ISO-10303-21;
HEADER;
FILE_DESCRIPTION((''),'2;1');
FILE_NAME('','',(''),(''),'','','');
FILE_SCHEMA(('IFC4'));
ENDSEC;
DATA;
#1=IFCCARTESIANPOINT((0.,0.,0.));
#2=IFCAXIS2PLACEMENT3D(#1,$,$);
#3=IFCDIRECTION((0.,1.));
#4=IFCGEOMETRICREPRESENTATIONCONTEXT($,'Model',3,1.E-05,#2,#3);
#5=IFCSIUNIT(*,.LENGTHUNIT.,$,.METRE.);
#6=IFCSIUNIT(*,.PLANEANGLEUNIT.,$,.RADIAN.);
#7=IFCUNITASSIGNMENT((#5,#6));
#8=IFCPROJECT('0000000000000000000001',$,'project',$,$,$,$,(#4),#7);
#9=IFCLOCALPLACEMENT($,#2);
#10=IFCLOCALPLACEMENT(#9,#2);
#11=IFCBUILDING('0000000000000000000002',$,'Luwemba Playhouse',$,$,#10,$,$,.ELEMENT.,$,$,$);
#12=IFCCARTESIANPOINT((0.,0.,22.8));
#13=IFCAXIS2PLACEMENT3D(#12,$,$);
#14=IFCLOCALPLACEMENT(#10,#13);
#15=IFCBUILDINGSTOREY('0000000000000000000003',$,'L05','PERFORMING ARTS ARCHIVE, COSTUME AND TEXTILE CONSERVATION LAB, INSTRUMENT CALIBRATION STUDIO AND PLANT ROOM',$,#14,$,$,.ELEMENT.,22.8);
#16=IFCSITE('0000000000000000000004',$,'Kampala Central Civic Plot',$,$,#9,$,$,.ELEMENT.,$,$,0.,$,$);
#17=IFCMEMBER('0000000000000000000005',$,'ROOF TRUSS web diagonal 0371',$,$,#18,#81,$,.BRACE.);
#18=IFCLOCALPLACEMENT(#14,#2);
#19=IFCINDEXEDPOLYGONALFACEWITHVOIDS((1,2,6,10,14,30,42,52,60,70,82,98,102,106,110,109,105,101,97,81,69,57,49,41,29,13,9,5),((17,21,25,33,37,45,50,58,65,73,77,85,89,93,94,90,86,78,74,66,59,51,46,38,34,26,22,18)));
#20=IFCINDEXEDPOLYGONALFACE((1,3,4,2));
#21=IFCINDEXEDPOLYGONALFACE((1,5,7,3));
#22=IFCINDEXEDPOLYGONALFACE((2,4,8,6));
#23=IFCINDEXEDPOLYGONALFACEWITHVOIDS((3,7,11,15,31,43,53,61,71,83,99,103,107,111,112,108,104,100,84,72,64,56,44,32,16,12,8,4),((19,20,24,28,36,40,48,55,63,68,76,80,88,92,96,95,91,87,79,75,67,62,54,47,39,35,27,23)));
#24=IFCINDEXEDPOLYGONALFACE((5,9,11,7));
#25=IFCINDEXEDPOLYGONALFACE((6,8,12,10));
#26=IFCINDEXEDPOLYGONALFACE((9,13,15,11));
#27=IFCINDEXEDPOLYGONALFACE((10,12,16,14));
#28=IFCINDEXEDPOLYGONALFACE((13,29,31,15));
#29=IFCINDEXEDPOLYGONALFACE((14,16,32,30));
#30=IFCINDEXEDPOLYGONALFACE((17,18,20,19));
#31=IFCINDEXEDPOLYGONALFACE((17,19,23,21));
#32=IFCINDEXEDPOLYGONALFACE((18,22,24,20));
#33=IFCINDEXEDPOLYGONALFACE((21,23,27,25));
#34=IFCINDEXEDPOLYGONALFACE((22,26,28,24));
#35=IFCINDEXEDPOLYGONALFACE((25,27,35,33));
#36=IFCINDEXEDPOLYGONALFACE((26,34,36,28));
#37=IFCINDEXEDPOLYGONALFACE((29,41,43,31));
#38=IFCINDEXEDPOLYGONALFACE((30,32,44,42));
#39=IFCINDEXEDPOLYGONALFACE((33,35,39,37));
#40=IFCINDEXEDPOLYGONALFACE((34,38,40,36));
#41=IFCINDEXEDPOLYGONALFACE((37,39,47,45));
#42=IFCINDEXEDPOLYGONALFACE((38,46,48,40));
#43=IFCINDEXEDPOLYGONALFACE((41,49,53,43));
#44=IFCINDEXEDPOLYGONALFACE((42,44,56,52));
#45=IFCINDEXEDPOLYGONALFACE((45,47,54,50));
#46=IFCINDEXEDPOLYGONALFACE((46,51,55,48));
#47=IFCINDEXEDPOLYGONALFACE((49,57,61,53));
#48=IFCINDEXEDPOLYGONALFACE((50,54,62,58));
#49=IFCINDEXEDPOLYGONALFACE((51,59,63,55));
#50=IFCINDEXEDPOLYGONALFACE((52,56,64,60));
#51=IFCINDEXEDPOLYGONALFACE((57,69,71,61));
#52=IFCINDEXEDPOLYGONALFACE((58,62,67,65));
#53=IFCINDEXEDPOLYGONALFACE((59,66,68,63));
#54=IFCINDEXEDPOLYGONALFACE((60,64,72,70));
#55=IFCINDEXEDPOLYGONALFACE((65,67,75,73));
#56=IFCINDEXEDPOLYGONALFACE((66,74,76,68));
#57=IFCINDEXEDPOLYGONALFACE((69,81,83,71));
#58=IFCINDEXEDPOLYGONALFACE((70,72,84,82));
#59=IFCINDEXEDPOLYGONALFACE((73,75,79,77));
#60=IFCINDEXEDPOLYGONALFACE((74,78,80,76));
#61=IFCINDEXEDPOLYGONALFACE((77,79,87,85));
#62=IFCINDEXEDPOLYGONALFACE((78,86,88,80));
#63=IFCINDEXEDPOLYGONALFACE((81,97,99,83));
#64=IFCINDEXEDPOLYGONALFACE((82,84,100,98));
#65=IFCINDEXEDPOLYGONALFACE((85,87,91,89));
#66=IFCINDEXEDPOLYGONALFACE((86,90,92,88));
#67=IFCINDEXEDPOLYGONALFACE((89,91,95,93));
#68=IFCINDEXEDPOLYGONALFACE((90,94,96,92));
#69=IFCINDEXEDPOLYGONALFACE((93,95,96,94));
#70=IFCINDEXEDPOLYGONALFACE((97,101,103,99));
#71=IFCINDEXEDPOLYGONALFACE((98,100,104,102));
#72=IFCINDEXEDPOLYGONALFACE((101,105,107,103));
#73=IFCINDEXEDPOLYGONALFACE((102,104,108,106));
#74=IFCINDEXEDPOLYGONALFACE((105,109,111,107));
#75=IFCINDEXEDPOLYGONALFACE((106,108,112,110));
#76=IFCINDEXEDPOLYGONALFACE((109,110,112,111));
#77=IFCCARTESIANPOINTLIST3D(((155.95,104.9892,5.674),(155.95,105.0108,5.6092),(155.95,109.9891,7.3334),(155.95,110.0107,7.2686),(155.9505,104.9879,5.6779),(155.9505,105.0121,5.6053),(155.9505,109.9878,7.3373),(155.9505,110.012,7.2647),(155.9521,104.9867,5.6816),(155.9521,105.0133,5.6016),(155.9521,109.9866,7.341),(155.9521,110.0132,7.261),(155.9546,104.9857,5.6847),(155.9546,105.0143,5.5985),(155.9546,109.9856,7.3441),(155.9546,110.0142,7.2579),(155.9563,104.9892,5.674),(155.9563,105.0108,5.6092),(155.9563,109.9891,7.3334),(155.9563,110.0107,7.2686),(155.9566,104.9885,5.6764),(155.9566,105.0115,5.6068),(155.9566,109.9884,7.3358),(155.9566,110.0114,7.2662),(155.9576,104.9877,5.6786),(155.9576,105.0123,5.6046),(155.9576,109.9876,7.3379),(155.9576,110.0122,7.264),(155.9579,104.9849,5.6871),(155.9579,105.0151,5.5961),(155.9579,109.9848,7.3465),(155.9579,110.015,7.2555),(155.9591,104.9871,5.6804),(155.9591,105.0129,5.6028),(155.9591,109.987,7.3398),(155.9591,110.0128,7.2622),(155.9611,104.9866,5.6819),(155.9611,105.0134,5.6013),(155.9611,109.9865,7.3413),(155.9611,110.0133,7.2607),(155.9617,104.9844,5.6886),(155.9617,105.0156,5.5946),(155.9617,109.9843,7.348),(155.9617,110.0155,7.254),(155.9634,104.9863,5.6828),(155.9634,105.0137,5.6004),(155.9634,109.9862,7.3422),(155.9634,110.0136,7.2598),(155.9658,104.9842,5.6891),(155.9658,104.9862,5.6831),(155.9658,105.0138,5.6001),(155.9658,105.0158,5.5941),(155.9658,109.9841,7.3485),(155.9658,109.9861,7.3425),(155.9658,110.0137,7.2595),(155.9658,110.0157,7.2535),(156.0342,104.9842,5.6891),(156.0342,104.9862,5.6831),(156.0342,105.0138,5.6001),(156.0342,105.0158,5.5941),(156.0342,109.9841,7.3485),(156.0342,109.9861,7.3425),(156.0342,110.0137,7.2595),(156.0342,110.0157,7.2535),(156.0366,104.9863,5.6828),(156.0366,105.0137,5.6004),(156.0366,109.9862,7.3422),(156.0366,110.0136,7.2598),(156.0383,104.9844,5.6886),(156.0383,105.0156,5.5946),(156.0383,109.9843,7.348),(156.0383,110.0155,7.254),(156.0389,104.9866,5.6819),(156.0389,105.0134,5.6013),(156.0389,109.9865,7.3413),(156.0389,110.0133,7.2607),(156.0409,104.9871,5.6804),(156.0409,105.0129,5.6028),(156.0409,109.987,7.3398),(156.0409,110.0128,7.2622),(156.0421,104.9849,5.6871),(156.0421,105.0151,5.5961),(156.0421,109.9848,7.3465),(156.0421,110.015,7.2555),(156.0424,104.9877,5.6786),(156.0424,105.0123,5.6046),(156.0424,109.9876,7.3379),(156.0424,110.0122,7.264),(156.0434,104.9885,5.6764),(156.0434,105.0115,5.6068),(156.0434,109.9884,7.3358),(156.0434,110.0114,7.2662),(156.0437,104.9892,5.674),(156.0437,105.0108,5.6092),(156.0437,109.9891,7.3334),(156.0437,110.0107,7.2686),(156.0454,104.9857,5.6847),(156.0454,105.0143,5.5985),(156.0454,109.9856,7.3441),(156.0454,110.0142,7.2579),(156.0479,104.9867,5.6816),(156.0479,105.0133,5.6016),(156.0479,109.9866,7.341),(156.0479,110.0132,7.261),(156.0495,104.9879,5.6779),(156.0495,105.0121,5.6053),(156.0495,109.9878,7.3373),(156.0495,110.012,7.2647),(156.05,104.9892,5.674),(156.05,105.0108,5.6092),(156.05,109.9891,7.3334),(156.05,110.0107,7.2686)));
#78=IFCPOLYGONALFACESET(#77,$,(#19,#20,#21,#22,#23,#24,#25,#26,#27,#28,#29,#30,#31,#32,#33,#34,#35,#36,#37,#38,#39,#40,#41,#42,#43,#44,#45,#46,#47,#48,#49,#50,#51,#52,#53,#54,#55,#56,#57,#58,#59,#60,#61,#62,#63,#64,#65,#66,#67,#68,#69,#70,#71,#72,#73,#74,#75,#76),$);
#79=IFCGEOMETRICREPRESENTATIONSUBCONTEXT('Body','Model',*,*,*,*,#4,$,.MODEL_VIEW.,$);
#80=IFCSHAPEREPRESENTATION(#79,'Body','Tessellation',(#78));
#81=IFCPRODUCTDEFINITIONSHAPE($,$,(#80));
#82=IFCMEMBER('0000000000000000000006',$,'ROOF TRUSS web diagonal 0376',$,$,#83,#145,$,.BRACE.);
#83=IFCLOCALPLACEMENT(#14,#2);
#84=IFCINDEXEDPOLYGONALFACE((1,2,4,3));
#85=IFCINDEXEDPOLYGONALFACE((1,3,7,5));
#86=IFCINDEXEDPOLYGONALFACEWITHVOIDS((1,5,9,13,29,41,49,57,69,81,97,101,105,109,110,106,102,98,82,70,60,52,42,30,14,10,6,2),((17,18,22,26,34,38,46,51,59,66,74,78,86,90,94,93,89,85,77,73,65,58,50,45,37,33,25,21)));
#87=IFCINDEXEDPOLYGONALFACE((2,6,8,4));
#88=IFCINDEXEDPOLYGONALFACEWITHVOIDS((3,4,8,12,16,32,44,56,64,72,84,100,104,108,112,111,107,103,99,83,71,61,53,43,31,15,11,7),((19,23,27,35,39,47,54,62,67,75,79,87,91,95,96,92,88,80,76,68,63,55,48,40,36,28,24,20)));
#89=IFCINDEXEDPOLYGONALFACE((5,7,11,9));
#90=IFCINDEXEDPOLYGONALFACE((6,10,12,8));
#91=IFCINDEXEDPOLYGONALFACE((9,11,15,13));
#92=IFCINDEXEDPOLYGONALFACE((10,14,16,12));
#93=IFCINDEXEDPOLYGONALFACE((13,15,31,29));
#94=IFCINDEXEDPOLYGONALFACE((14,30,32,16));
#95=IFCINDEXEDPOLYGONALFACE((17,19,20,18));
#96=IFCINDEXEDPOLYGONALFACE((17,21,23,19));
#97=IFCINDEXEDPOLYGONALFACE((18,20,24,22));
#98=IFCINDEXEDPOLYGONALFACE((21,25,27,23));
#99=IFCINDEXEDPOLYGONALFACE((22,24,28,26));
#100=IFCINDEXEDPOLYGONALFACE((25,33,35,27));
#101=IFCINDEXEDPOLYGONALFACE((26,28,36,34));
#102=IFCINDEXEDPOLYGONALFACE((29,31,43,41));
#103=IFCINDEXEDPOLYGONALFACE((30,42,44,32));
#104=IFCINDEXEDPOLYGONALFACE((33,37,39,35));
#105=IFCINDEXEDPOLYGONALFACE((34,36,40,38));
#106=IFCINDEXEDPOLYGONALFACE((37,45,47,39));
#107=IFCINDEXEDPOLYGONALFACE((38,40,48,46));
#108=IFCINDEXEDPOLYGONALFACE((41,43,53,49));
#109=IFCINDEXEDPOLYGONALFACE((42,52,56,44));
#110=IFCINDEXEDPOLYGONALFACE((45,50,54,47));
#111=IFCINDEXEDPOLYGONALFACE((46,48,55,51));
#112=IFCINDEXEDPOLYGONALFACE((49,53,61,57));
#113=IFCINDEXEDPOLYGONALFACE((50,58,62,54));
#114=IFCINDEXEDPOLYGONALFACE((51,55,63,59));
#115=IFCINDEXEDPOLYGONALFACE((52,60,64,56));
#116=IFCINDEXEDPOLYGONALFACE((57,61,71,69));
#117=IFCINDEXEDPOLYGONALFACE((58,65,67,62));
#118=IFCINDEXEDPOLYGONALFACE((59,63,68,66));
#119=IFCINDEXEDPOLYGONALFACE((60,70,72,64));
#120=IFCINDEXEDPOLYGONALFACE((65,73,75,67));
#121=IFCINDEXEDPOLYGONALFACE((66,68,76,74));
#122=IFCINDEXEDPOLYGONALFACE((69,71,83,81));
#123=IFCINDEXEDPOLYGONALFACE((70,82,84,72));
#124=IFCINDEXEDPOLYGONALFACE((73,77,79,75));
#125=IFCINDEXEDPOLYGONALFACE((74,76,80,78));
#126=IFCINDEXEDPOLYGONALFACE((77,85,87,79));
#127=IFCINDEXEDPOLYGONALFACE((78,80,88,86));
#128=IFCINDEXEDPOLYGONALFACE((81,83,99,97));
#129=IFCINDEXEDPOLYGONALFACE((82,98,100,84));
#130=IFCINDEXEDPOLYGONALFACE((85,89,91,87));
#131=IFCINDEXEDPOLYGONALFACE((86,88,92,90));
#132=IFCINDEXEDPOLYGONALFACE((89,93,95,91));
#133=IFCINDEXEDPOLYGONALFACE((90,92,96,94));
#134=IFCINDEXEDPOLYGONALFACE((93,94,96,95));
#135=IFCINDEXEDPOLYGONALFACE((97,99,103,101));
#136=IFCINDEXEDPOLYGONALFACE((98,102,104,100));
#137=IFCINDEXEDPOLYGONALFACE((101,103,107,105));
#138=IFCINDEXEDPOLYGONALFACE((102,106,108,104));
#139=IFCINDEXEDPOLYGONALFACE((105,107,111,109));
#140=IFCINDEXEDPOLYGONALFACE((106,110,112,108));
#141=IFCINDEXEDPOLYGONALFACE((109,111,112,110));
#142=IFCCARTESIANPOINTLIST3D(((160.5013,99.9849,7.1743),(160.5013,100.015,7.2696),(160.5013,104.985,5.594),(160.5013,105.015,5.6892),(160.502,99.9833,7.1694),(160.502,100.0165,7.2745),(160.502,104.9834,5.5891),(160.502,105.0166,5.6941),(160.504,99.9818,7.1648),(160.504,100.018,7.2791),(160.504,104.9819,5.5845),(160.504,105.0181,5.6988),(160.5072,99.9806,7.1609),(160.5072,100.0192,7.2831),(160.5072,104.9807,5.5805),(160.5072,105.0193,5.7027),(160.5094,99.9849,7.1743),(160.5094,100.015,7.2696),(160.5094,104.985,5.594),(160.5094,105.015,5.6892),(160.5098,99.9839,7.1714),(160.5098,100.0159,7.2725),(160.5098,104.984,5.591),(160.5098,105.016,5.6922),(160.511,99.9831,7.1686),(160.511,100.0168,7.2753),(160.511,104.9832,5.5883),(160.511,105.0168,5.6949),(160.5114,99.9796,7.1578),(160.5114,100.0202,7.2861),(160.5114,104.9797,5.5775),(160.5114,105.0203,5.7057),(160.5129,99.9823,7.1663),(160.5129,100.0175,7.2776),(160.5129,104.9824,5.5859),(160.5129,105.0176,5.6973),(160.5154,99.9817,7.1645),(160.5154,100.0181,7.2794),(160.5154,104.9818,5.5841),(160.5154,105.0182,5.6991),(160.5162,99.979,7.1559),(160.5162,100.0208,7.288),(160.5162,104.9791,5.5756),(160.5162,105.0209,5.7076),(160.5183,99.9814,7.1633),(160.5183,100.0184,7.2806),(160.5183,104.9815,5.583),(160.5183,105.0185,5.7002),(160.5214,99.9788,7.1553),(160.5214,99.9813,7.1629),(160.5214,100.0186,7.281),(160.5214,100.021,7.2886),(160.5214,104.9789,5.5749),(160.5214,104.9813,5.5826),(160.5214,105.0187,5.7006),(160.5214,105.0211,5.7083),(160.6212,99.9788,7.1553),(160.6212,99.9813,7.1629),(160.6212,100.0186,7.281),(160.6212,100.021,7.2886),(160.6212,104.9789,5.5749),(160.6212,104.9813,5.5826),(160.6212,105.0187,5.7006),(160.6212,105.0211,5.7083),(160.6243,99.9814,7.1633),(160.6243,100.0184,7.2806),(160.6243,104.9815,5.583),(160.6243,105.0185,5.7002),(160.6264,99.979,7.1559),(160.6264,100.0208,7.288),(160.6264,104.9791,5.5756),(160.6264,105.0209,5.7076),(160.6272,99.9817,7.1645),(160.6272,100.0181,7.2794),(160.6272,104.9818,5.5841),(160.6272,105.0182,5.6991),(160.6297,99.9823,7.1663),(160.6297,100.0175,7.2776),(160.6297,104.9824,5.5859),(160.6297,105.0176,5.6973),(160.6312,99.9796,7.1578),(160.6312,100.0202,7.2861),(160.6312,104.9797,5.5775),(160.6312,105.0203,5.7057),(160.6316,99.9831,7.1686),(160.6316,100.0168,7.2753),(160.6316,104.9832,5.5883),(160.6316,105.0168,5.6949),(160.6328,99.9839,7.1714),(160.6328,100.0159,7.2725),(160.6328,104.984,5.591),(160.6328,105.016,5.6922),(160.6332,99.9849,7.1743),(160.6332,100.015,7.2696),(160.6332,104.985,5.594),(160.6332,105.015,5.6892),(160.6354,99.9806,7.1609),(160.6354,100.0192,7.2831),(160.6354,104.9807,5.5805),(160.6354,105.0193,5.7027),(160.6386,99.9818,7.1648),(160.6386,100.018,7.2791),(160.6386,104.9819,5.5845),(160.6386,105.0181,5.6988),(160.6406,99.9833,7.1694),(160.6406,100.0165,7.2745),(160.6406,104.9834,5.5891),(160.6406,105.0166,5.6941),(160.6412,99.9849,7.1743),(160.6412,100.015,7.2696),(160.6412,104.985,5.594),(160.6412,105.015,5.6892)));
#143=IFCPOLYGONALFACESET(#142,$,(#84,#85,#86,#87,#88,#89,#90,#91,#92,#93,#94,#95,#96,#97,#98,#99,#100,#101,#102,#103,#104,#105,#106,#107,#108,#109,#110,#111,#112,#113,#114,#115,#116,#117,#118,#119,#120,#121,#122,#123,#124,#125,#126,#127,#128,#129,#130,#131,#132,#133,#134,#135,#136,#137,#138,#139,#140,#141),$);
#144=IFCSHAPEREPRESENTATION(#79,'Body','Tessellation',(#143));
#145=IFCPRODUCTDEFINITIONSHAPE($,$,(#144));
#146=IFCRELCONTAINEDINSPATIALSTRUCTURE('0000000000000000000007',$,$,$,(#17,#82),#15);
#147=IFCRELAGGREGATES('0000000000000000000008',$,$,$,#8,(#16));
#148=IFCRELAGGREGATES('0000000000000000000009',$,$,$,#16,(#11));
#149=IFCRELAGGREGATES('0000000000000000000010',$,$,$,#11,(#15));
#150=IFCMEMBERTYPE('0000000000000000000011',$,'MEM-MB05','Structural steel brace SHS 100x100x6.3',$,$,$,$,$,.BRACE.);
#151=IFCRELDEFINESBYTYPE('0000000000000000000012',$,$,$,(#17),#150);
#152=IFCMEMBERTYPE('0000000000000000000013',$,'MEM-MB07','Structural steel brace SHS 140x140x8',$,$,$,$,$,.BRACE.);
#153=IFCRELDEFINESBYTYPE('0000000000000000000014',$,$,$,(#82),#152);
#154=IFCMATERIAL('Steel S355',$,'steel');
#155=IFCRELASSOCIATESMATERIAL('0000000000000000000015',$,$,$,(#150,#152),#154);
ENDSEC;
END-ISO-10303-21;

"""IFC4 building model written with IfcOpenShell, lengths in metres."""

from ifc_helpers import new_model, si_unit, direction, frame, origin, origin_2d, place, context, subcontext, project, spatial, hollow_rectangle, extrude, material, material_profile, profile_set, type_object, element, save


model = new_model("IFC4")

# Units and contexts
model_context = context("Model", 3, precision=1e-05, world=origin(), true_north=direction((0.0, 1.0)))
body_context = subcontext(model_context, "Body", "Model", "MODEL_VIEW")
ifc_project = project(units=[si_unit("LENGTHUNIT", "METRE"), si_unit("PLANEANGLEUNIT", "RADIAN")], contexts=[model_context])

# Site, building, storey
site_placement = place(None, origin())
site = spatial("IfcSite", under=ifc_project, at=site_placement, Name="Kampala Central Civic Plot", CompositionType="ELEMENT", RefElevation=0.0)
building_placement = place(site_placement, origin())
building = spatial("IfcBuilding", under=site, at=building_placement, Name="Luwemba Playhouse", CompositionType="ELEMENT")
storey_placement = place(building_placement, frame((0.0, 0.0, 22.8)))
storey = spatial("IfcBuildingStorey", under=building, at=storey_placement, Name="L05", Description="PERFORMING ARTS ARCHIVE, COSTUME AND TEXTILE CONSERVATION LAB, INSTRUMENT CALIBRATION STUDIO AND PLANT ROOM", CompositionType="ELEMENT", Elevation=22.8)

# Shared definitions
ifc_material_1 = material(Name="Steel S355", Category="steel")

# Members
ifc_material_profile_1 = material_profile(ifc_material_1, hollow_rectangle(XDim=0.1001, YDim=0.1001, WallThickness=0.0063, InnerFilletRadius=0.0095, OuterFilletRadius=0.0159, at=origin_2d()))
ifc_profile_set_1 = profile_set([ifc_material_profile_1], Name="Steel S355")
member_type_1 = type_object("IfcMemberType", Name="MEM-MB05", Description="Structural steel brace SHS 100x100x6.3", PredefinedType="BRACE", material=ifc_profile_set_1)
for number, where, z_axis, x_axis, name in (
    (1, (156.0, 105.0, 5.6416), (0.0, 0.949095, 0.31499), (-1.0, 0.0, 0.0), "ROOF TRUSS web diagonal 0371"),
):
    element("IfcMember", number, at=place(storey_placement, frame(where, z_axis=z_axis, x_axis=x_axis)), inside=storey, type_object=member_type_1, Name=name, PredefinedType="BRACE", context=body_context, shape_type="SweptSolid", body=[
        extrude(hollow_rectangle(XDim=0.1001, YDim=0.1001, WallThickness=0.0063, InnerFilletRadius=0.0095, OuterFilletRadius=0.0159, at=origin_2d()), origin(), (0.0, 0.0, 1.0), 5.2681),
    ])
ifc_material_profile_2 = material_profile(ifc_material_1, hollow_rectangle(XDim=0.1399, YDim=0.1399, WallThickness=0.0081, InnerFilletRadius=0.012, OuterFilletRadius=0.02, at=origin_2d()))
ifc_profile_set_2 = profile_set([ifc_material_profile_2], Name="Steel S355")
member_type_2 = type_object("IfcMemberType", Name="MEM-MB07", Description="Structural steel brace SHS 140x140x8", PredefinedType="BRACE", material=ifc_profile_set_2)
for number, where, z_axis, x_axis, name in (
    (2, (160.5713, 105.0, 5.6416), (0.0, -0.953507, 0.30137), (1.0, 0.0, 0.0), "ROOF TRUSS web diagonal 0376"),
):
    element("IfcMember", number, at=place(storey_placement, frame(where, z_axis=z_axis, x_axis=x_axis)), inside=storey, type_object=member_type_2, Name=name, PredefinedType="BRACE", context=body_context, shape_type="SweptSolid", body=[
        extrude(hollow_rectangle(XDim=0.1399, YDim=0.1399, WallThickness=0.0081, InnerFilletRadius=0.012, OuterFilletRadius=0.02, at=origin_2d()), origin(), (0.0, 0.0, 1.0), 5.2439),
    ])

save(model, "model.ifc")
